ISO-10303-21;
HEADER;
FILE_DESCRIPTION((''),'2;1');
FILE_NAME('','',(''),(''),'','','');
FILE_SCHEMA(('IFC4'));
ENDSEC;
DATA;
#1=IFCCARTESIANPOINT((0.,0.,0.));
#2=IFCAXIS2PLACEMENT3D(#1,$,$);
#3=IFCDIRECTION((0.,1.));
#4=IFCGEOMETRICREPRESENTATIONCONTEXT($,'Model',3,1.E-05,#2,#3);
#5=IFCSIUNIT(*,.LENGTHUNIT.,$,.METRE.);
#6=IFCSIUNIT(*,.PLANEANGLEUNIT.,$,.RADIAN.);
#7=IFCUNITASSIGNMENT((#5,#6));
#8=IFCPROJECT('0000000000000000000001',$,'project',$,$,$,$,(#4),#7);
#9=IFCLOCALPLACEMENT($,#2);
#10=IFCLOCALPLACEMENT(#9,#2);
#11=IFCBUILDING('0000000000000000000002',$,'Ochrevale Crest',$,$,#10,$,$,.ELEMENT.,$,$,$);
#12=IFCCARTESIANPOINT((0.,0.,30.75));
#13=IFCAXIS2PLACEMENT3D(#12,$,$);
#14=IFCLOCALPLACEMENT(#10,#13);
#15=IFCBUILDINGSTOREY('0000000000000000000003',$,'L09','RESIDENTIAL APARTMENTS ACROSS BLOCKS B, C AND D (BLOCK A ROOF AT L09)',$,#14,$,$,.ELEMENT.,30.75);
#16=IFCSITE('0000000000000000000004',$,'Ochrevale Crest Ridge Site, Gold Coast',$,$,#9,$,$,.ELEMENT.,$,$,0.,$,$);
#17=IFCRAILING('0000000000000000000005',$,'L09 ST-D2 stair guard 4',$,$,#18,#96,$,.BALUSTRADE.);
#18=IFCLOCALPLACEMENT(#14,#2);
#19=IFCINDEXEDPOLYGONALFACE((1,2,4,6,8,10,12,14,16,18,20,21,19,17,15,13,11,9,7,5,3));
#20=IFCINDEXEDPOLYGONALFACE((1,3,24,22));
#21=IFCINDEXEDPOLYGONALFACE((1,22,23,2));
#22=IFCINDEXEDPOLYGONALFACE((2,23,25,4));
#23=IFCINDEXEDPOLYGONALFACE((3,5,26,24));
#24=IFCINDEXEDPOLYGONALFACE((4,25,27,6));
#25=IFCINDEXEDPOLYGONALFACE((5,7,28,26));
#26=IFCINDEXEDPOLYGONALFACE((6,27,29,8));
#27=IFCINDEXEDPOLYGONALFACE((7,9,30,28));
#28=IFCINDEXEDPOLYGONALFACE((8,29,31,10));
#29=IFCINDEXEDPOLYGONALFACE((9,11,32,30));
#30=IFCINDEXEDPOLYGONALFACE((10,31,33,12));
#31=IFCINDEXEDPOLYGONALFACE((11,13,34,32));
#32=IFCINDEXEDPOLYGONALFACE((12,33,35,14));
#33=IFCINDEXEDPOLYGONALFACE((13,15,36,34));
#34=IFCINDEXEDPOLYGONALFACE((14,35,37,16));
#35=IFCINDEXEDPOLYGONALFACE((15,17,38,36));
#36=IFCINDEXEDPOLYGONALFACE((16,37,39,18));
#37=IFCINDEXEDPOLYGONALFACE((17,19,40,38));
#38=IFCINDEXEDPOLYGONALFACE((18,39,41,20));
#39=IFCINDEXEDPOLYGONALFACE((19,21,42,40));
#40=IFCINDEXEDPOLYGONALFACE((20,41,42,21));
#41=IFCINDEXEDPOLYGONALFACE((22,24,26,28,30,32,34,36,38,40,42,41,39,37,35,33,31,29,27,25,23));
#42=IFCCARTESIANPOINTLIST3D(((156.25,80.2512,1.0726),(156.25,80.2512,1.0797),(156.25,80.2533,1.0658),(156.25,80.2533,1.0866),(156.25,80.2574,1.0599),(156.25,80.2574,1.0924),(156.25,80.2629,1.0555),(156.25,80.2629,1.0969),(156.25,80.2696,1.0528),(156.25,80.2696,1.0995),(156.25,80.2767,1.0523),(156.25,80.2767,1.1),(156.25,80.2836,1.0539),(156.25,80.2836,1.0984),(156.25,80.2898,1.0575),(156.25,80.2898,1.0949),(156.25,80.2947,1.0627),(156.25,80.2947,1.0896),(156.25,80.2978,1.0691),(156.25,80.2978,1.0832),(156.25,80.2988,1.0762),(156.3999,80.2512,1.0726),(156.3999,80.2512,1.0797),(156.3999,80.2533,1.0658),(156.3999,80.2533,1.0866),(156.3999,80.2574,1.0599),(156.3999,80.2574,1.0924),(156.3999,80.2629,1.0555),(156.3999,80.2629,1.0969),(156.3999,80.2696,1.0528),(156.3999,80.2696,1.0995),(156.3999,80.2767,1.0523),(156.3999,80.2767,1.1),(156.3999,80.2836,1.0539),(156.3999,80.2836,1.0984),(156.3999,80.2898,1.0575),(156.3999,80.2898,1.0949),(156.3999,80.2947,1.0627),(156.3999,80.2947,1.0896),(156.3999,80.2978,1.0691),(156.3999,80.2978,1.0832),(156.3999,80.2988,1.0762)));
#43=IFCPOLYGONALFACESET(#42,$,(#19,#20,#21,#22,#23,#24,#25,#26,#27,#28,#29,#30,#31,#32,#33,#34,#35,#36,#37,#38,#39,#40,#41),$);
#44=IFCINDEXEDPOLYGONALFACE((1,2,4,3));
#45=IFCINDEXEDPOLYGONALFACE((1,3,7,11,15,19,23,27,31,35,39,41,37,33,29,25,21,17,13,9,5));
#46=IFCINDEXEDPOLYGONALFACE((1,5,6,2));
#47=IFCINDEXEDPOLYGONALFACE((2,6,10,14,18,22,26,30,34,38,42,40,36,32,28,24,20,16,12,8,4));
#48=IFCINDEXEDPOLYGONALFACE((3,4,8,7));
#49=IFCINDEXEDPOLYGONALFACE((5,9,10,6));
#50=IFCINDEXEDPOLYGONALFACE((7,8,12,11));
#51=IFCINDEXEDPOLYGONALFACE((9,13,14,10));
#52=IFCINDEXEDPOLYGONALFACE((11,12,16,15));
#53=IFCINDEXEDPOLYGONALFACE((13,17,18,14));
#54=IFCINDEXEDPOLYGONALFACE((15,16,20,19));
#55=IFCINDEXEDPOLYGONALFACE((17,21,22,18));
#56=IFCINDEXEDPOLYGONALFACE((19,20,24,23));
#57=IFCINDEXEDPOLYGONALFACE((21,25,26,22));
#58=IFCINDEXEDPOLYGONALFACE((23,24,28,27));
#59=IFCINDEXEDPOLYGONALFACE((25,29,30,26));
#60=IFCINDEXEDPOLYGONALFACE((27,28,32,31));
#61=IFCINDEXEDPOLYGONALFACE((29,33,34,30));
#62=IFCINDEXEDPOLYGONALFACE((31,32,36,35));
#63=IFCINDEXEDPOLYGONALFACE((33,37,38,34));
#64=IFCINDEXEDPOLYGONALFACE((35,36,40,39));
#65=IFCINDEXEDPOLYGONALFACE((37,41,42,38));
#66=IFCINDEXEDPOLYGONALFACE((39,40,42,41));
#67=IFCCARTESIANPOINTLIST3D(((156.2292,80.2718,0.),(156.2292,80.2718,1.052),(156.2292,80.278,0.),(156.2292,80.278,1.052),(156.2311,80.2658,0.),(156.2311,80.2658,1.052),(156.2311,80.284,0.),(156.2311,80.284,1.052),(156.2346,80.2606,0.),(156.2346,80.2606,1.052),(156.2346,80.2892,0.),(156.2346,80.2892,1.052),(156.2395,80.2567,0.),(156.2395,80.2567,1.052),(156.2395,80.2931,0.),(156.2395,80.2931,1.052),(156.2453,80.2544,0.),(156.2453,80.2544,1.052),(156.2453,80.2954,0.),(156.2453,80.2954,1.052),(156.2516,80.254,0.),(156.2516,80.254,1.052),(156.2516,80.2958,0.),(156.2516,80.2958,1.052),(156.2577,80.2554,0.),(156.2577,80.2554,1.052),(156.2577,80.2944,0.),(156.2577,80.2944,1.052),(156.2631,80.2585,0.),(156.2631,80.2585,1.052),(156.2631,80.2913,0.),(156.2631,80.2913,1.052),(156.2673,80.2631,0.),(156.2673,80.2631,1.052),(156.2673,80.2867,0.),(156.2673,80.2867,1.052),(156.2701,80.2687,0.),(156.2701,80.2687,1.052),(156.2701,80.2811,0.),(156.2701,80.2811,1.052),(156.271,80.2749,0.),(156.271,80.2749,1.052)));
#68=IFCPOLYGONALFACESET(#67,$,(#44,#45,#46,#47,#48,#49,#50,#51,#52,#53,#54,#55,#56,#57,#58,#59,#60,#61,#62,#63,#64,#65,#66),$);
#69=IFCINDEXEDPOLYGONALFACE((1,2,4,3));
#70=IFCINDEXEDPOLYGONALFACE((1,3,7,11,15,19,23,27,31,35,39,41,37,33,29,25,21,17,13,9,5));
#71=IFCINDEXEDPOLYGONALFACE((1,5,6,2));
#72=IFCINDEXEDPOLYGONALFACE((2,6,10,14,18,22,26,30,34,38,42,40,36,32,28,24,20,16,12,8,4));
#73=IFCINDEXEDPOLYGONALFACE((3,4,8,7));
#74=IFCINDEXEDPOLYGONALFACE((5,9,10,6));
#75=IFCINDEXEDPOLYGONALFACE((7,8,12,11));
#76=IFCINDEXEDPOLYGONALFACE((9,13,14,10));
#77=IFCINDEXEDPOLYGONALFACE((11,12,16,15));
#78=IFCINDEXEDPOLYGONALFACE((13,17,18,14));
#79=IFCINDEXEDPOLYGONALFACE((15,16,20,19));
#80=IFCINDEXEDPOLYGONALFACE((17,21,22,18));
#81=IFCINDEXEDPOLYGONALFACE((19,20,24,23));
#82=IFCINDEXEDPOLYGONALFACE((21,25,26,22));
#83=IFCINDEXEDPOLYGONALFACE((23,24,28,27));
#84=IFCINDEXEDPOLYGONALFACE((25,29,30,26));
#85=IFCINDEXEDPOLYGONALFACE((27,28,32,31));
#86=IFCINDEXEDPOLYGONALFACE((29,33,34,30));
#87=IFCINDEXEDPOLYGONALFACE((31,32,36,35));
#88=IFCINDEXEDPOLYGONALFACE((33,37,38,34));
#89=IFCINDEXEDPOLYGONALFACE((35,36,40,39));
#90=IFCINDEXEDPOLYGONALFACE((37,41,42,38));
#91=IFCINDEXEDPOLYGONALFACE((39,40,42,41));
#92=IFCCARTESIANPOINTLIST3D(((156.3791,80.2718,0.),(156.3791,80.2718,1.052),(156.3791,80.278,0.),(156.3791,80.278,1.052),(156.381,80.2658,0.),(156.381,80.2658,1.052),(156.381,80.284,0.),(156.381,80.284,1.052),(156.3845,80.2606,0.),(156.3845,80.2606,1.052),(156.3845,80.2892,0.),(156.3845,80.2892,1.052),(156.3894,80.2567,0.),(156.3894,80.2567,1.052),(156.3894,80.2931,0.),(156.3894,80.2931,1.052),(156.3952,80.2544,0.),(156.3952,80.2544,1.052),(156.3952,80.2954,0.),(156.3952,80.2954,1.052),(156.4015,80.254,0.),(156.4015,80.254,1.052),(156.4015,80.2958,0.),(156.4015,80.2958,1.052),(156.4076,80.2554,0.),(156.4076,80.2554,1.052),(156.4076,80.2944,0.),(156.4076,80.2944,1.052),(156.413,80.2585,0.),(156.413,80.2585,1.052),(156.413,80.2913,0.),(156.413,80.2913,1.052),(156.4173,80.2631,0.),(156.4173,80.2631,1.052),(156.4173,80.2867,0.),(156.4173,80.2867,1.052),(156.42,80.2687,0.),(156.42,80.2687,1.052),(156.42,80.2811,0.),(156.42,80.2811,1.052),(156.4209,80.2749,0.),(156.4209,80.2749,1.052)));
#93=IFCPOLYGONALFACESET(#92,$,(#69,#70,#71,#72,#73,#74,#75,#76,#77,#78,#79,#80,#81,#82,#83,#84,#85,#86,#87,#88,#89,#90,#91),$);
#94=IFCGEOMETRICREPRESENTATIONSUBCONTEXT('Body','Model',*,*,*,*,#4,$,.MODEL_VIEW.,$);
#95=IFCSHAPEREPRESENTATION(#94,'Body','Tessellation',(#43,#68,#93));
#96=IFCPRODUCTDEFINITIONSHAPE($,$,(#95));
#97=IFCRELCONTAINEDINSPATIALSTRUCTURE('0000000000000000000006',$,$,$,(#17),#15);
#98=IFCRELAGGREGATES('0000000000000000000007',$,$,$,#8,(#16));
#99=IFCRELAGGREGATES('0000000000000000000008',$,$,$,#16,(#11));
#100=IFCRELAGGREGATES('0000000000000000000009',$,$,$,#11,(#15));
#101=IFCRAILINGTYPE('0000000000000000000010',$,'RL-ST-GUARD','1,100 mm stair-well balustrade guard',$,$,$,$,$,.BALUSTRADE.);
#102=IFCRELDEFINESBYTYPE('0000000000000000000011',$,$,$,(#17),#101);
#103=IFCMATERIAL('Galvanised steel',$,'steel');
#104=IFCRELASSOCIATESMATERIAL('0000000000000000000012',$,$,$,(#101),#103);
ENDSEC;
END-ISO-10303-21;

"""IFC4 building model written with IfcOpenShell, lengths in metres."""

from ifc_helpers import new_model, si_unit, direction, frame, origin, origin_2d, place, context, subcontext, project, spatial, circle, extrude, material, type_object, element, save


model = new_model("IFC4")

# Units and contexts
model_context = context("Model", 3, precision=1e-05, world=origin(), true_north=direction((0.0, 1.0)))
body_context = subcontext(model_context, "Body", "Model", "MODEL_VIEW")
ifc_project = project(units=[si_unit("LENGTHUNIT", "METRE"), si_unit("PLANEANGLEUNIT", "RADIAN")], contexts=[model_context])

# Site, building, storey
site_placement = place(None, origin())
site = spatial("IfcSite", under=ifc_project, at=site_placement, Name="Ochrevale Crest Ridge Site, Gold Coast", CompositionType="ELEMENT", RefElevation=0.0)
building_placement = place(site_placement, origin())
building = spatial("IfcBuilding", under=site, at=building_placement, Name="Ochrevale Crest", CompositionType="ELEMENT")
storey_placement = place(building_placement, frame((0.0, 0.0, 30.75)))
storey = spatial("IfcBuildingStorey", under=building, at=storey_placement, Name="L09", Description="RESIDENTIAL APARTMENTS ACROSS BLOCKS B, C AND D (BLOCK A ROOF AT L09)", CompositionType="ELEMENT", Elevation=30.75)

# Railing
ifc_material_1 = material(Name="Galvanised steel", Category="steel")
railing_type_1 = type_object("IfcRailingType", Name="RL-ST-GUARD", Description="1,100 mm stair-well balustrade guard", PredefinedType="BALUSTRADE", material=ifc_material_1)
railing_1_placement = place(storey_placement, frame((156.25, 80.2749, 0.0)))
element("IfcRailing", 1, at=railing_1_placement, inside=storey, type_object=railing_type_1, Name="L09 ST-D2 stair guard 4", PredefinedType="BALUSTRADE", context=body_context, shape_type="SweptSolid", body=[
    extrude(circle(Radius=0.0239, at=origin_2d()), frame((0.0, 0.0, 1.0762), z_axis=(1.0, 0.0, 0.0), x_axis=(0.0, 1.0, 0.0)), (0.0, 0.0, 1.0), 0.1499),
    extrude(circle(Radius=0.021, at=origin_2d()), origin(), (0.0, 0.0, 1.0), 1.052),
    extrude(circle(Radius=0.021, at=origin_2d()), frame((0.1499, 0.0, 0.0)), (0.0, 0.0, 1.0), 1.052),
])

save(model, "model.ifc")
